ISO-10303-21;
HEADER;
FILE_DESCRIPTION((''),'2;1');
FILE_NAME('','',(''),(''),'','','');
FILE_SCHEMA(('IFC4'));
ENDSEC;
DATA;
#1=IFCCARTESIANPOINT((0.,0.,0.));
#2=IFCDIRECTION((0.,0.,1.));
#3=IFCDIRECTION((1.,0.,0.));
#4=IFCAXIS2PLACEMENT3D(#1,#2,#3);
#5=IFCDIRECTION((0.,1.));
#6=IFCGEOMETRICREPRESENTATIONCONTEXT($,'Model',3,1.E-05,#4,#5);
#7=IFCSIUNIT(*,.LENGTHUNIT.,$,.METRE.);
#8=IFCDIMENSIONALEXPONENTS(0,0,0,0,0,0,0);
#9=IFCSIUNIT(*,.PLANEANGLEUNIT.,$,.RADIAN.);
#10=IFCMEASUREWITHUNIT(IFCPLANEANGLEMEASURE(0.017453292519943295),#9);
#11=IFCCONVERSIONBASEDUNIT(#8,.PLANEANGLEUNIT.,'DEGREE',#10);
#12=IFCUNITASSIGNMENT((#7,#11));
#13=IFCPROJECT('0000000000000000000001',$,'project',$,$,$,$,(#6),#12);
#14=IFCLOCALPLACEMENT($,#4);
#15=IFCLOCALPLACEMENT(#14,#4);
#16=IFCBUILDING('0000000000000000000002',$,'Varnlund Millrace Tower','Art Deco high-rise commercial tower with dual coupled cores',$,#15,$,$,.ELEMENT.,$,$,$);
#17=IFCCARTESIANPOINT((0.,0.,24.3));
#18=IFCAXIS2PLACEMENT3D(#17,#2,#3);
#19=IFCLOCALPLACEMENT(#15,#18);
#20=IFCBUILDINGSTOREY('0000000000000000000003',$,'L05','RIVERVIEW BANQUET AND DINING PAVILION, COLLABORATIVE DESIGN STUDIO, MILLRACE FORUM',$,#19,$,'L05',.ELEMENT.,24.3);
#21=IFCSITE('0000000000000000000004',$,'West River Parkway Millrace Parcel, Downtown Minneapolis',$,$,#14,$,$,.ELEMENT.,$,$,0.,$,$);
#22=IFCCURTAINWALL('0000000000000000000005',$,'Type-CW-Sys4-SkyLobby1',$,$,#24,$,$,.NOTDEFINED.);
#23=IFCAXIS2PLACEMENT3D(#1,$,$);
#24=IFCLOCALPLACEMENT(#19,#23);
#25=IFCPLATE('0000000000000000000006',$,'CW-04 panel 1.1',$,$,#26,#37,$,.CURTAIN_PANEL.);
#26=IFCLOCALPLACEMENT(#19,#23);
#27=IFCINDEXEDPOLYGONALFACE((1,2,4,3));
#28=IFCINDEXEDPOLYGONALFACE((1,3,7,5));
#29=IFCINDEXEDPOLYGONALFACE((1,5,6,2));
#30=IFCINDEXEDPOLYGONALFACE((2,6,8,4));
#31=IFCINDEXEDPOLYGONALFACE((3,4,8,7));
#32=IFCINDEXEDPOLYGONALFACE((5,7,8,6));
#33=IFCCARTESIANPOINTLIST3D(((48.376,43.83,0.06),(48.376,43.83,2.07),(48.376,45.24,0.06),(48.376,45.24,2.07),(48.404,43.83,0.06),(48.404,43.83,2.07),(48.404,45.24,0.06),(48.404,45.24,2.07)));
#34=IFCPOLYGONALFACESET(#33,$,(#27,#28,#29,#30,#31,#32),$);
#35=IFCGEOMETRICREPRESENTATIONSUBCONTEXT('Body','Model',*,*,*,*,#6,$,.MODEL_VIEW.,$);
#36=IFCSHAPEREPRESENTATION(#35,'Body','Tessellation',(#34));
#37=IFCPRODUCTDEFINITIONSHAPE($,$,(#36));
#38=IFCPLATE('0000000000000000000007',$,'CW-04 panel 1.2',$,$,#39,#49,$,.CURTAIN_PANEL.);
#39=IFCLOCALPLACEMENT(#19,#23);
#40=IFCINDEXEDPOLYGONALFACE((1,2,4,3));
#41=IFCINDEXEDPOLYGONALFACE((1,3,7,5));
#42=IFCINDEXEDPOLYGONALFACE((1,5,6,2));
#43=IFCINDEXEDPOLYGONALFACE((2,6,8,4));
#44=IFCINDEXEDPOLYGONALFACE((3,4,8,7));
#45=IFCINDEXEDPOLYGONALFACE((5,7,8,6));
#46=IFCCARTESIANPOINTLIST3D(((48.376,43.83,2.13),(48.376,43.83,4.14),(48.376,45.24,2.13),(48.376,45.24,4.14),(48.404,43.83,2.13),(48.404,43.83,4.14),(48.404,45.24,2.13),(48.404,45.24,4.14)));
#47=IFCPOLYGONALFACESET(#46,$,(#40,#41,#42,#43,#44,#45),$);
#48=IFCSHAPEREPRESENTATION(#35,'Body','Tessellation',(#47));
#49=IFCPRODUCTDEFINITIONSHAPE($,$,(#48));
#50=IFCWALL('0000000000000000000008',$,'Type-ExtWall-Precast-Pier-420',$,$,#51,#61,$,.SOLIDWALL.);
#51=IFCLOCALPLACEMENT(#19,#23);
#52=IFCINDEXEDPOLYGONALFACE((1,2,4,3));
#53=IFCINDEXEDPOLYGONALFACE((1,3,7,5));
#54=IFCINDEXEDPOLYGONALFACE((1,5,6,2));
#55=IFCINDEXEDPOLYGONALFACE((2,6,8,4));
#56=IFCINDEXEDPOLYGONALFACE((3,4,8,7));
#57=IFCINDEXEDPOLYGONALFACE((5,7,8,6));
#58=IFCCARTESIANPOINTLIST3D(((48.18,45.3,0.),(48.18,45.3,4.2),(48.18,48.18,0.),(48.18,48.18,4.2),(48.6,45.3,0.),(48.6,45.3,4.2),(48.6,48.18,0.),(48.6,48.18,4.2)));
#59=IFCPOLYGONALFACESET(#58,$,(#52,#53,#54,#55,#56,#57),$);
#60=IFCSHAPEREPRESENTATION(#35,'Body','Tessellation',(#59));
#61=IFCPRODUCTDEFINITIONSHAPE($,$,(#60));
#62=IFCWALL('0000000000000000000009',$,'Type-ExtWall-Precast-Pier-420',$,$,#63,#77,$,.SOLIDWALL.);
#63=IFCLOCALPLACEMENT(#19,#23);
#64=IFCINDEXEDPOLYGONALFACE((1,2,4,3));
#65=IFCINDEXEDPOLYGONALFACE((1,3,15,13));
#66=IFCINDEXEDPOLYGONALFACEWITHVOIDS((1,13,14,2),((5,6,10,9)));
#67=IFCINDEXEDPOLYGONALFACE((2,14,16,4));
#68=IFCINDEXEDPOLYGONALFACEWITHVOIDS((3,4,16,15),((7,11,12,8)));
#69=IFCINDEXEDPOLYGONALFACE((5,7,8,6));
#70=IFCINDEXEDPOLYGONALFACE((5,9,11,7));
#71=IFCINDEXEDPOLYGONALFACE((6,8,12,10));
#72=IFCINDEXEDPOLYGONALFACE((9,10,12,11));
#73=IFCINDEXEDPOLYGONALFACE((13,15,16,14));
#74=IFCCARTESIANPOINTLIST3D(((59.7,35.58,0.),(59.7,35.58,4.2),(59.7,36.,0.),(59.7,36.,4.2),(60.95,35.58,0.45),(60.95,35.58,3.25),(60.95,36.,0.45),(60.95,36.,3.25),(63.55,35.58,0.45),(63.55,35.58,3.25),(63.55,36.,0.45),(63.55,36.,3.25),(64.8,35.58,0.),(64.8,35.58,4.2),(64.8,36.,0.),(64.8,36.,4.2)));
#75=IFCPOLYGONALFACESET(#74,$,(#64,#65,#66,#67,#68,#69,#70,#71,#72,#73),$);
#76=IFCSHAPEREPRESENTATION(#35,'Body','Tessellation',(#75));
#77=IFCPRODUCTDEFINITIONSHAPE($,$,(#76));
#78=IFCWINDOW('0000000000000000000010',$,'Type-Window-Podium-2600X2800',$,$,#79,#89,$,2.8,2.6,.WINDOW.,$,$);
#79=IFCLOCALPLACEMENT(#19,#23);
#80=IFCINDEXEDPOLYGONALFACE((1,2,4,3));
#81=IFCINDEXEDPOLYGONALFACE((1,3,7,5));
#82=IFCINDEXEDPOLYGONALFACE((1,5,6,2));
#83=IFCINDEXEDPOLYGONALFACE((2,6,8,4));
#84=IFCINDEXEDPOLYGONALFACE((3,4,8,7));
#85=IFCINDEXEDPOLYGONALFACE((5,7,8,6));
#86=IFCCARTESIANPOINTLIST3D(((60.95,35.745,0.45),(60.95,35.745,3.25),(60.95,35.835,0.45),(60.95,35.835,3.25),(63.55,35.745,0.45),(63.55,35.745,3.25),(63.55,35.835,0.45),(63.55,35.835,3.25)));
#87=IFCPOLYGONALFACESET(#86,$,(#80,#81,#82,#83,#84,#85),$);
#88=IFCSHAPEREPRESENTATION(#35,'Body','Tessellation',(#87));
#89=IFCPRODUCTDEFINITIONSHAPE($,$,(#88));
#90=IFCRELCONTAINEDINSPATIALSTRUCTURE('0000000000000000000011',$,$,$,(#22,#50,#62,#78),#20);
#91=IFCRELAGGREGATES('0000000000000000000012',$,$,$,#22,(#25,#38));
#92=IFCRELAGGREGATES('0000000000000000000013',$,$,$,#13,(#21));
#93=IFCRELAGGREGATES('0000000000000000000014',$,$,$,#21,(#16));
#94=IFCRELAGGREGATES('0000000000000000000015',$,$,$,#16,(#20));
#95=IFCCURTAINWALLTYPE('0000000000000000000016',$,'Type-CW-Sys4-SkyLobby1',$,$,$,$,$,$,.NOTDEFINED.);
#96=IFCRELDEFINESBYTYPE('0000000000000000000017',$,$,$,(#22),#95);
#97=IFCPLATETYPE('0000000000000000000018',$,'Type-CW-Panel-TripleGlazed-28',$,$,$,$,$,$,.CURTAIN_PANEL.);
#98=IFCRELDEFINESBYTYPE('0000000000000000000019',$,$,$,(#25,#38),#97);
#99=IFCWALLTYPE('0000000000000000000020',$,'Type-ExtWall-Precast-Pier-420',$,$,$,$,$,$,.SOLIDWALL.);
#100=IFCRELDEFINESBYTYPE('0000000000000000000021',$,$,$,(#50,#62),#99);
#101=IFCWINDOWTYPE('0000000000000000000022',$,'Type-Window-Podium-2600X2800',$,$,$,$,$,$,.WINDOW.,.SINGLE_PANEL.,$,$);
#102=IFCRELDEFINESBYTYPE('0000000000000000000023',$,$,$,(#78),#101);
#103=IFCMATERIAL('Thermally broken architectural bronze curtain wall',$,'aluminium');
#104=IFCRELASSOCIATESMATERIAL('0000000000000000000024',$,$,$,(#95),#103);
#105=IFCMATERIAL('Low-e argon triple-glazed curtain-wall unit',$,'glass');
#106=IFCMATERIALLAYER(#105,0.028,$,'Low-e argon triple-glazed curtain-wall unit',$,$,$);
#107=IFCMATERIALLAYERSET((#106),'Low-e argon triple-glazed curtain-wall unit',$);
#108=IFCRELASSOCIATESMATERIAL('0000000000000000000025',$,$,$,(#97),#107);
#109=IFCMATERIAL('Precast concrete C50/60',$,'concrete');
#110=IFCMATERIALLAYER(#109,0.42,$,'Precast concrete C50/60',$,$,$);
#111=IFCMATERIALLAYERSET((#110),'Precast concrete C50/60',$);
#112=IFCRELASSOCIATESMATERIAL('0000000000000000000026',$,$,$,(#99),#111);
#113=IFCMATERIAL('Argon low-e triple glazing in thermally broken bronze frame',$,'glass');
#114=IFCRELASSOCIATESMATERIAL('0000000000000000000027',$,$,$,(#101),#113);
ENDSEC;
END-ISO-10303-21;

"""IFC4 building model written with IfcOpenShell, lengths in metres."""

from ifc_helpers import new_model, entity, si_unit, converted_unit, direction, frame, origin_with_axes, origin_2d_with_axis, place, context, subcontext, project, spatial, polyline, rectangle, outline, extrude, material, layer, layer_set, type_object, element, fill, aggregate, save


model = new_model("IFC4")

# Units and contexts
model_context = context("Model", 3, precision=1e-05, world=origin_with_axes(), true_north=direction((0.0, 1.0)))
body_context = subcontext(model_context, "Body", "Model", "MODEL_VIEW")
ifc_project = project(units=[si_unit("LENGTHUNIT", "METRE"), converted_unit("PLANEANGLEUNIT", "DEGREE", entity("IfcPlaneAngleMeasure", 0.017453292519943295), si_unit("PLANEANGLEUNIT", "RADIAN"), dimensions=[0, 0, 0, 0, 0, 0, 0])], contexts=[model_context])

# Site, building, storey
site_placement = place(None, origin_with_axes())
site = spatial("IfcSite", under=ifc_project, at=site_placement, Name="West River Parkway Millrace Parcel, Downtown Minneapolis", CompositionType="ELEMENT", RefElevation=0.0)
building_placement = place(site_placement, origin_with_axes())
building = spatial("IfcBuilding", under=site, at=building_placement, Name="Varnlund Millrace Tower", Description="Art Deco high-rise commercial tower with dual coupled cores", CompositionType="ELEMENT")
storey_placement = place(building_placement, frame((0.0, 0.0, 24.3), z_axis=(0.0, 0.0, 1.0), x_axis=(1.0, 0.0, 0.0)))
storey = spatial("IfcBuildingStorey", under=building, at=storey_placement, Name="L05", Description="RIVERVIEW BANQUET AND DINING PAVILION, COLLABORATIVE DESIGN STUDIO, MILLRACE FORUM", LongName="L05", CompositionType="ELEMENT", Elevation=24.3)

# Curtain wall
ifc_material_1 = material(Name="Thermally broken architectural bronze curtain wall", Category="aluminium")
curtain_wall_type = type_object("IfcCurtainWallType", Name="Type-CW-Sys4-SkyLobby1", PredefinedType="NOTDEFINED", material=ifc_material_1)
curtain_wall_1_placement = place(storey_placement, frame((48.39, 45.3, 0.0), z_axis=(0.0, 0.0, 1.0), x_axis=(1.0, 0.0, 0.0)))
curtain_wall_1 = element("IfcCurtainWall", 1, at=curtain_wall_1_placement, inside=storey, type_object=curtain_wall_type, Name="Type-CW-Sys4-SkyLobby1", PredefinedType="NOTDEFINED")

# Plates
ifc_material_2 = material(Name="Low-e argon triple-glazed curtain-wall unit", Category="glass")
ifc_layer_1 = layer(ifc_material_2, 0.028, Name="Low-e argon triple-glazed curtain-wall unit")
ifc_layer_set_1 = layer_set([ifc_layer_1], Name="Low-e argon triple-glazed curtain-wall unit")
plate_type = type_object("IfcPlateType", Name="Type-CW-Panel-TripleGlazed-28", PredefinedType="CURTAIN_PANEL", material=ifc_layer_set_1)
plate_1_placement = place(storey_placement, frame((48.39, 44.535, 0.06), z_axis=(0.0, 0.0, 1.0), x_axis=(0.0, -1.0, 0.0)))
plate_1 = element("IfcPlate", 2, at=plate_1_placement, type_object=plate_type, Name="CW-04 panel 1.1", PredefinedType="CURTAIN_PANEL", context=body_context, shape_type="SweptSolid", body=[
    extrude(rectangle(XDim=1.41, YDim=0.028, at=origin_2d_with_axis()), origin_with_axes(), (0.0, 0.0, 1.0), 2.01),
])
plate_2_placement = place(storey_placement, frame((48.39, 44.535, 2.13), z_axis=(0.0, 0.0, 1.0), x_axis=(0.0, -1.0, 0.0)))
plate_2 = element("IfcPlate", 3, at=plate_2_placement, type_object=plate_type, Name="CW-04 panel 1.2", PredefinedType="CURTAIN_PANEL", context=body_context, shape_type="SweptSolid", body=[
    extrude(rectangle(XDim=1.41, YDim=0.028, at=origin_2d_with_axis()), origin_with_axes(), (0.0, 0.0, 1.0), 2.01),
])
aggregate(curtain_wall_1, [plate_1, plate_2])

# Wall
ifc_material_3 = material(Name="Precast concrete C50/60", Category="concrete")
ifc_layer_2 = layer(ifc_material_3, 0.42, Name="Precast concrete C50/60")
ifc_layer_set_2 = layer_set([ifc_layer_2], Name="Precast concrete C50/60")
wall_type = type_object("IfcWallType", Name="Type-ExtWall-Precast-Pier-420", PredefinedType="SOLIDWALL", material=ifc_layer_set_2)
wall_1_placement = place(storey_placement, frame((48.39, 48.18, 0.0), z_axis=(0.0, 0.0, 1.0), x_axis=(0.0, -1.0, 0.0)))
element("IfcWall", 4, at=wall_1_placement, inside=storey, type_object=wall_type, Name="Type-ExtWall-Precast-Pier-420", PredefinedType="SOLIDWALL", context=body_context, shape_type="SweptSolid", body=[
    extrude(outline(polyline([(0.0, -0.21), (2.88, -0.21), (2.88, 0.21), (0.0, 0.21), (0.0, -0.21)])), origin_with_axes(), (0.0, 0.0, 1.0), 4.2),
])

# Wall, opening, window
wall_2_placement = place(storey_placement, frame((59.7, 35.79, 0.0), z_axis=(0.0, 0.0, 1.0), x_axis=(1.0, 0.0, 0.0)))
wall_2 = element("IfcWall", 5, at=wall_2_placement, inside=storey, type_object=wall_type, Name="Type-ExtWall-Precast-Pier-420", PredefinedType="SOLIDWALL", context=body_context, shape_type="SweptSolid", body=[
    extrude(outline(polyline([(0.0, -0.21), (5.1, -0.21), (5.1, 0.21), (0.0, 0.21), (0.0, -0.21)])), origin_with_axes(), (0.0, 0.0, 1.0), 4.2),
])
opening_placement = place(wall_2_placement, frame((2.55, 0.0, 0.45), z_axis=(0.0, 0.0, 1.0), x_axis=(1.0, 0.0, 0.0)))
opening = element("IfcOpeningElement", 6, at=opening_placement, cuts=wall_2, PredefinedType="OPENING", context=body_context, shape_type="SweptSolid", body=[
    extrude(rectangle(XDim=2.6, YDim=0.44, at=origin_2d_with_axis()), origin_with_axes(), (0.0, 0.0, 1.0), 2.8),
])
ifc_material_4 = material(Name="Argon low-e triple glazing in thermally broken bronze frame", Category="glass")
window_type = type_object("IfcWindowType", Name="Type-Window-Podium-2600X2800", PartitioningType="SINGLE_PANEL", PredefinedType="WINDOW", material=ifc_material_4)
window_placement = place(wall_2_placement, frame((2.55, 0.0, 0.45), z_axis=(0.0, 0.0, 1.0), x_axis=(1.0, 0.0, 0.0)))
window = element("IfcWindow", 7, at=window_placement, inside=storey, type_object=window_type, Name="Type-Window-Podium-2600X2800", OverallHeight=2.8, OverallWidth=2.6, PredefinedType="WINDOW", context=body_context, shape_type="SweptSolid", body=[
    extrude(rectangle(XDim=2.6, YDim=0.09, at=origin_2d_with_axis()), origin_with_axes(), (0.0, 0.0, 1.0), 2.8),
])
fill(opening, window)

save(model, "model.ifc")
